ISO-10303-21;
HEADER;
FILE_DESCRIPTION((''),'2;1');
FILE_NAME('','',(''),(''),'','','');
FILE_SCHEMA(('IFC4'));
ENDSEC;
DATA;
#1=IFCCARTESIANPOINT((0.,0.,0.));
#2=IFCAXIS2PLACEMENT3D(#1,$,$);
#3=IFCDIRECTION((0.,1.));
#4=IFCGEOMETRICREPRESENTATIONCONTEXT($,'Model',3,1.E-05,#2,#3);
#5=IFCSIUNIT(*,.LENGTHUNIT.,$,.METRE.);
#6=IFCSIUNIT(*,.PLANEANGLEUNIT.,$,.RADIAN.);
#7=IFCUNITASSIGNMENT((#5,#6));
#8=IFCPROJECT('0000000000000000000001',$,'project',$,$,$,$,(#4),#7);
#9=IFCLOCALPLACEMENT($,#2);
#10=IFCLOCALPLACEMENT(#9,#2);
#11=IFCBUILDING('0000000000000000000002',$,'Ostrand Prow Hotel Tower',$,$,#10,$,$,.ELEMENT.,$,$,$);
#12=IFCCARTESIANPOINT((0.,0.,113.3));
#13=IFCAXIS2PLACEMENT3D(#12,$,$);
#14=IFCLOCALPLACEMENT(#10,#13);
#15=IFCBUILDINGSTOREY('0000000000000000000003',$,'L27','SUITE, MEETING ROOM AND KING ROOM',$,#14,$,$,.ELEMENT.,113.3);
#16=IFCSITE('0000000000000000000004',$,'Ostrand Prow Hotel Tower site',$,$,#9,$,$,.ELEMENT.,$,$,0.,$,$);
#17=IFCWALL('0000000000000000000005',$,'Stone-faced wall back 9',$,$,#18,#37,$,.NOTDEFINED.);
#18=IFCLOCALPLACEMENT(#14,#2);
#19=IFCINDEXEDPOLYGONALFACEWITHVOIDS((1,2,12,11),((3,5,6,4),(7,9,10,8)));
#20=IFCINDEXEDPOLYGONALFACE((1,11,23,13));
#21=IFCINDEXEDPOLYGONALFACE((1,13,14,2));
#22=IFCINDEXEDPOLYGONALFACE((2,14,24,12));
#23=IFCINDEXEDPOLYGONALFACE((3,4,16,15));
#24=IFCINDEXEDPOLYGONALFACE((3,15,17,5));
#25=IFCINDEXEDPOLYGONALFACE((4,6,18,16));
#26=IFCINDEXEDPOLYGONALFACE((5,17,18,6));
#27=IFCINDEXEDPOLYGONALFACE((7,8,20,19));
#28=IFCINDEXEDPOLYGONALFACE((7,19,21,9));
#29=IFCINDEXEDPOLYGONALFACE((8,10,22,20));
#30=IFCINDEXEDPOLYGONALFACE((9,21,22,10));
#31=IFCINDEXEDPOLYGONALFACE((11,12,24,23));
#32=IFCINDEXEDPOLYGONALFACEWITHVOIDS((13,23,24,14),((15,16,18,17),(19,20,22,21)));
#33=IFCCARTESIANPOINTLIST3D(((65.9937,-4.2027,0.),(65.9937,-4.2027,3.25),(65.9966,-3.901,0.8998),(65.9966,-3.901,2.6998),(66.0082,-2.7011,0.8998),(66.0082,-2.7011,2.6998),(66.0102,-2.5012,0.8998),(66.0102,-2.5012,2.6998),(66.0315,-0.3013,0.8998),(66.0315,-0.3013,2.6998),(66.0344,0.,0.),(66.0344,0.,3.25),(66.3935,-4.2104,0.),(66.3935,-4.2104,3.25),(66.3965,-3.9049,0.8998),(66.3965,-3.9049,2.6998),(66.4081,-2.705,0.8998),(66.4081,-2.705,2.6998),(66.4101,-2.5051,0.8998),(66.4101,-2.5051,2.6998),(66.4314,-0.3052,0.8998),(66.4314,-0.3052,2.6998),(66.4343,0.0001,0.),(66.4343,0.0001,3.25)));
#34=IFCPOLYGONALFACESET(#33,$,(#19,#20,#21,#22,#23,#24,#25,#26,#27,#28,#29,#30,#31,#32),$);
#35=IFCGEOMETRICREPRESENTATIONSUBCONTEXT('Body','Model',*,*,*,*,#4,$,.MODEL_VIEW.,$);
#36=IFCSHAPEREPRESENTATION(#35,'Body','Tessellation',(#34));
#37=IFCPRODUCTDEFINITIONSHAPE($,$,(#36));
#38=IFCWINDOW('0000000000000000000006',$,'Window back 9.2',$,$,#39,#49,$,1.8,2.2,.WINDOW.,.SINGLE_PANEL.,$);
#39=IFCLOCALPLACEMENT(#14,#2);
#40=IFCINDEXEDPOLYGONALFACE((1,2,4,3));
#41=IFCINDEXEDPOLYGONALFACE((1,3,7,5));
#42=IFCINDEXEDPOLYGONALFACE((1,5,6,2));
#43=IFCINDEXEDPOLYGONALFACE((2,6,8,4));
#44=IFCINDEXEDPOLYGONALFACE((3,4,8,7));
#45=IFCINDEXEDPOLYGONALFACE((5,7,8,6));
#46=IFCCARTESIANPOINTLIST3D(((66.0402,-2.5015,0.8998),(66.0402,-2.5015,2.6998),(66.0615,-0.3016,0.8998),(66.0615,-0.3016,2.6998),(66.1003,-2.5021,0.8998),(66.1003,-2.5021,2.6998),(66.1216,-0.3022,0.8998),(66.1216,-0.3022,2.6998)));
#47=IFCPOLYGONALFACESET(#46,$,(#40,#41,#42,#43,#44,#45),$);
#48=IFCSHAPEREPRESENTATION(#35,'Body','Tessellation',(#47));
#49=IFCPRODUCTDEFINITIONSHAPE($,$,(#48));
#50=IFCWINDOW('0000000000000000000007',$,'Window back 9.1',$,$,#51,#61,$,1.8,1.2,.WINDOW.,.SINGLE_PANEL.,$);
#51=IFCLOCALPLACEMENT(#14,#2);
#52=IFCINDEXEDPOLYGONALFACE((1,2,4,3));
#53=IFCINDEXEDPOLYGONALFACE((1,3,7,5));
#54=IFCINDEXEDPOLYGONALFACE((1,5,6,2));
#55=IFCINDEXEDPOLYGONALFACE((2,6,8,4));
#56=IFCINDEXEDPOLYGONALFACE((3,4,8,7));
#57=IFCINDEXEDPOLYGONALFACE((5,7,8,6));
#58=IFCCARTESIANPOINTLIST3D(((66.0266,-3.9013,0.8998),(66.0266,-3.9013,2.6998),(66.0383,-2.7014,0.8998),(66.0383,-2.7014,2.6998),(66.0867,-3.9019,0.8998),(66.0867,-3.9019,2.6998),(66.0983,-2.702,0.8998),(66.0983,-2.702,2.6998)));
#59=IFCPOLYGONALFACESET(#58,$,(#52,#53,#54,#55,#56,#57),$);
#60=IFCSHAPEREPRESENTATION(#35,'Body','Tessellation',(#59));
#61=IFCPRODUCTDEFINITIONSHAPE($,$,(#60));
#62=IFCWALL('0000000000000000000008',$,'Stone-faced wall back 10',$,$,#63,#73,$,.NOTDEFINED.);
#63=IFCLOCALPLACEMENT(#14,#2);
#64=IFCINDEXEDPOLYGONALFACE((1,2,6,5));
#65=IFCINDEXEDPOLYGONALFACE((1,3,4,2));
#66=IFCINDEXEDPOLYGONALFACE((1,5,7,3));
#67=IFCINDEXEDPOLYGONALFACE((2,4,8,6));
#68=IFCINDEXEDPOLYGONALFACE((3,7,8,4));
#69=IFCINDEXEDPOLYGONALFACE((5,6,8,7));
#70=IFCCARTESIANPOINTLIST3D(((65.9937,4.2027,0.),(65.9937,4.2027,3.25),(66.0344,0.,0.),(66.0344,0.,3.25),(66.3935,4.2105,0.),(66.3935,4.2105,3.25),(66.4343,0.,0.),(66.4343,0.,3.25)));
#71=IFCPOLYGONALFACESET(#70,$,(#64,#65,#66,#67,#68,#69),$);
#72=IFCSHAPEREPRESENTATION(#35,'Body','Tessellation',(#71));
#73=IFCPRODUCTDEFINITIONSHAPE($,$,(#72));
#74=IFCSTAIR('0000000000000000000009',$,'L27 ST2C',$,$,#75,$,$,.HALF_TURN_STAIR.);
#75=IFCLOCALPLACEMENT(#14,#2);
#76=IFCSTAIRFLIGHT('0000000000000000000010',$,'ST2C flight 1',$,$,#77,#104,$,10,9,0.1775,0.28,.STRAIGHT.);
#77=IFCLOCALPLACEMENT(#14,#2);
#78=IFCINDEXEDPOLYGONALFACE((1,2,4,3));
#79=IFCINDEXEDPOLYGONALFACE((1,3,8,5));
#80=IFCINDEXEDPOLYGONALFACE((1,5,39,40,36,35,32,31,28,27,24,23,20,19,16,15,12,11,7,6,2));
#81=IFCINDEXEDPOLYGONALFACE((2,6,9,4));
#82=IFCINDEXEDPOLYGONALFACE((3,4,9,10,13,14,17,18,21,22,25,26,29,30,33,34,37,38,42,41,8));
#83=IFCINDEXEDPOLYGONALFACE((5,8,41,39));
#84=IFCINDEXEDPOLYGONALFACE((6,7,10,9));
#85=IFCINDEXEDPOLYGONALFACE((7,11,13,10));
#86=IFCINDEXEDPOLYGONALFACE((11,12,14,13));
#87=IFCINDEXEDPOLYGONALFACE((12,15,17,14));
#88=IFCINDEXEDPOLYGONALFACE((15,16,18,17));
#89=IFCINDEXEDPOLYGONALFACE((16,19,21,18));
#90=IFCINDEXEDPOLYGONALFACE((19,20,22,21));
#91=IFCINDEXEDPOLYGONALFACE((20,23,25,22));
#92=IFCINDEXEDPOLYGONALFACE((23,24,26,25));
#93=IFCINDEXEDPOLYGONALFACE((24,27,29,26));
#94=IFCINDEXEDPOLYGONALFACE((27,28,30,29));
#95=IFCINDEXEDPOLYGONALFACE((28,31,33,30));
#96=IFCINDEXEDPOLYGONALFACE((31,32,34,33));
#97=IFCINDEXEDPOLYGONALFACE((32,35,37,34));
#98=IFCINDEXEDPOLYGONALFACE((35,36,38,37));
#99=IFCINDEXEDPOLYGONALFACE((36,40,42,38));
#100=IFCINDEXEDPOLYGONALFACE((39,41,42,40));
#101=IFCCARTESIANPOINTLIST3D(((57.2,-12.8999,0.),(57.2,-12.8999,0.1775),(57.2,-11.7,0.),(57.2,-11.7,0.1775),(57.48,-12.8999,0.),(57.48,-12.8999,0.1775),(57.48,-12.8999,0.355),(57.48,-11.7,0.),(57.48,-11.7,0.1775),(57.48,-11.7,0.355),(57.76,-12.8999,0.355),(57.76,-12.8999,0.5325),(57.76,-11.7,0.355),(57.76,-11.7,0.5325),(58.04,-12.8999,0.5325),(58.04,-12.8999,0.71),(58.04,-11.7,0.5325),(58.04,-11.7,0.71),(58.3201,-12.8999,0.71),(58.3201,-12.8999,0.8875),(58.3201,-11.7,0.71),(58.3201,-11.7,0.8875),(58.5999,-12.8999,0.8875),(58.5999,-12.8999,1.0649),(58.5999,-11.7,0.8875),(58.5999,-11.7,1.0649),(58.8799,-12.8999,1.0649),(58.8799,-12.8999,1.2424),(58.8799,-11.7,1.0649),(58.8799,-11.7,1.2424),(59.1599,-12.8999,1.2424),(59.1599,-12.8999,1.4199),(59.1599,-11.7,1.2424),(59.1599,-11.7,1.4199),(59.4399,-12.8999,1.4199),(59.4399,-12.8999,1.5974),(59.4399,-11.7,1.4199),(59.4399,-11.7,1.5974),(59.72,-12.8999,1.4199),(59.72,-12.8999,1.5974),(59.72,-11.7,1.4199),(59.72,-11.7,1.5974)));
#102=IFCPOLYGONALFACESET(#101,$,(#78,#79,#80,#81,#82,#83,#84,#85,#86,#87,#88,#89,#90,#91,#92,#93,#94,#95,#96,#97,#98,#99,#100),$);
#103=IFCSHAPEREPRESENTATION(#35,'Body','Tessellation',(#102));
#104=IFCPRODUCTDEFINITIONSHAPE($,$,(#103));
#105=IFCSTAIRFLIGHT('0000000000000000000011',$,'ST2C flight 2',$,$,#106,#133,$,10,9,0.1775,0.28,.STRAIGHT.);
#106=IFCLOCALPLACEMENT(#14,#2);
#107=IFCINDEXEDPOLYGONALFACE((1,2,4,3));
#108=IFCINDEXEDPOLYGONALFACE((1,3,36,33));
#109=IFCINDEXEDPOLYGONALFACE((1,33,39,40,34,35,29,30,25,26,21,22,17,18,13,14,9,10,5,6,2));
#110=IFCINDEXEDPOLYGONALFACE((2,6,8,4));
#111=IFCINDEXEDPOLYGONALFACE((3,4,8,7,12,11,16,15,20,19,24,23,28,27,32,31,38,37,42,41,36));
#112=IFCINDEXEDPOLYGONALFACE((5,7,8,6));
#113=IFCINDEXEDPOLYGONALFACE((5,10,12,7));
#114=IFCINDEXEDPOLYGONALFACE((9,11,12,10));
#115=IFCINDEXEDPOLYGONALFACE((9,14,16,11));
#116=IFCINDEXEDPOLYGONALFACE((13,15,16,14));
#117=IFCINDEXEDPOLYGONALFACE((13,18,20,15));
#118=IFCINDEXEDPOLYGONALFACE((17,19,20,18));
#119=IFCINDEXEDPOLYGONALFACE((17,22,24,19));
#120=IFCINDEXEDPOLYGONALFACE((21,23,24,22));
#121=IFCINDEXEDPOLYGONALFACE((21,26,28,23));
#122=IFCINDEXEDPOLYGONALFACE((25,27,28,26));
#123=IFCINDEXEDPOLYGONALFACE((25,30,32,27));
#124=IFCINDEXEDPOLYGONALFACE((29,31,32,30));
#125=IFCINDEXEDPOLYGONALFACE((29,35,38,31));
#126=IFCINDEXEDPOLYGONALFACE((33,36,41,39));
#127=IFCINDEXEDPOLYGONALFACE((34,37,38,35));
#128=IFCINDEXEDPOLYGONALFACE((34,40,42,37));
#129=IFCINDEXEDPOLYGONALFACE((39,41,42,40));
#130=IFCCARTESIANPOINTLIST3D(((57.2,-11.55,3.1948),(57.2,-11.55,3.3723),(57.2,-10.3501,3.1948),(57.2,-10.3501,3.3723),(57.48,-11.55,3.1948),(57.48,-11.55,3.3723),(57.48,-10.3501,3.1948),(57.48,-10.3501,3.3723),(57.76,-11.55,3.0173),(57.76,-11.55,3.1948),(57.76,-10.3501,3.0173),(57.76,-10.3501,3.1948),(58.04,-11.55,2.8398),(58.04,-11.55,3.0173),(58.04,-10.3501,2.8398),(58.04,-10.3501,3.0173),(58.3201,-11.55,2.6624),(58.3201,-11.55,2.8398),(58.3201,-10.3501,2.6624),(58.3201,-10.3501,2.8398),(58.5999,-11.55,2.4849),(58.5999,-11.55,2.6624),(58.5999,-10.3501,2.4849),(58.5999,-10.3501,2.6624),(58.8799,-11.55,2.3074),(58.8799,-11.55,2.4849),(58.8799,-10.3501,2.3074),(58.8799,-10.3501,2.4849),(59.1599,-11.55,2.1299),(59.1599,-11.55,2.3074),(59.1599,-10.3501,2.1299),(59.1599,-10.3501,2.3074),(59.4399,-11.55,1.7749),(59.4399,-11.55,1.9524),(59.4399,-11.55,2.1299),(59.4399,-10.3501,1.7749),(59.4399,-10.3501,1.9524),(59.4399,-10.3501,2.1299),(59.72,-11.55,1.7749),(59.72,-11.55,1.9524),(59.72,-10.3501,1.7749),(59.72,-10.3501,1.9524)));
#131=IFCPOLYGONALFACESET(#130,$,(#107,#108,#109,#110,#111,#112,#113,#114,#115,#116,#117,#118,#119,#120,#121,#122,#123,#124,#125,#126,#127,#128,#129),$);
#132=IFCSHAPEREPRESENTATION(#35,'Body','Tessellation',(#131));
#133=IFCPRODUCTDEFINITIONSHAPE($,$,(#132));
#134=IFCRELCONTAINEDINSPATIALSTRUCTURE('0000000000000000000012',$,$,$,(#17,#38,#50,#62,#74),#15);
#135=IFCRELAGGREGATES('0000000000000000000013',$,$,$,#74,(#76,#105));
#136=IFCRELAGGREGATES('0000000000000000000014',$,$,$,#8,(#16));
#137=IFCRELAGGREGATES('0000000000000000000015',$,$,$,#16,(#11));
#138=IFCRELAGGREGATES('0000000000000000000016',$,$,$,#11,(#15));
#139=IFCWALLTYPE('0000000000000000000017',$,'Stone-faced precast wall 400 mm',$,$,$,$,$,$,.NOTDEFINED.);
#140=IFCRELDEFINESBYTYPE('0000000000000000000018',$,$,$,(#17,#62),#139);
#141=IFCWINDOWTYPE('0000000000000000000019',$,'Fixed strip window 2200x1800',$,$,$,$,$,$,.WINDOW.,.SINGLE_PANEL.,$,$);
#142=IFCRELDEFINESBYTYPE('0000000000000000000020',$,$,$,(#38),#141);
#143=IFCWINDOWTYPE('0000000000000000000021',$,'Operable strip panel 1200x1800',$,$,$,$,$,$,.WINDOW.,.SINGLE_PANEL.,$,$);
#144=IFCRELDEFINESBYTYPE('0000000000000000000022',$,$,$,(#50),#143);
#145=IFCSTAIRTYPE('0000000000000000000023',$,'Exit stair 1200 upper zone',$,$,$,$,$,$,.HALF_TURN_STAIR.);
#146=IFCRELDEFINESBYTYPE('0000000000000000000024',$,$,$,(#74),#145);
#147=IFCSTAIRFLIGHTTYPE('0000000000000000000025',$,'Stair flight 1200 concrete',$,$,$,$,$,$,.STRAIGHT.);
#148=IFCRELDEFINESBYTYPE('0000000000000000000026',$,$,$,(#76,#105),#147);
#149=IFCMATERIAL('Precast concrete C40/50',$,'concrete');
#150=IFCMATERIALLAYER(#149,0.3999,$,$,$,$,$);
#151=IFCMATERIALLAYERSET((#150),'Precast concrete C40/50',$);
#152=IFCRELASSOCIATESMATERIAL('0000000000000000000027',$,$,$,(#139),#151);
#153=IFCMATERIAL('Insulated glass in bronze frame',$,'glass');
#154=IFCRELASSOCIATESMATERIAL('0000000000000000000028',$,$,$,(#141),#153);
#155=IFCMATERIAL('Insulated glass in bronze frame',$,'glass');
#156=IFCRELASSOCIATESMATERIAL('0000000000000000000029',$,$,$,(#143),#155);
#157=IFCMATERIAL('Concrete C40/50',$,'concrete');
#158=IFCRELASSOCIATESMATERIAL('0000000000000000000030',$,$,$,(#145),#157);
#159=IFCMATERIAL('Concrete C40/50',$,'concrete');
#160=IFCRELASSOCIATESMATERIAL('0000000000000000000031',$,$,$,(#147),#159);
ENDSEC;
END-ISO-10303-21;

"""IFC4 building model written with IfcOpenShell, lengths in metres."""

from ifc_helpers import new_model, si_unit, direction, frame, frame_2d, origin, place, context, subcontext, project, spatial, polyline, rectangle, outline, extrude, material, layer, layer_set, type_object, element, fill, aggregate, save


model = new_model("IFC4")

# Units and contexts
model_context = context("Model", 3, precision=1e-05, world=origin(), true_north=direction((0.0, 1.0)))
body_context = subcontext(model_context, "Body", "Model", "MODEL_VIEW")
ifc_project = project(units=[si_unit("LENGTHUNIT", "METRE"), si_unit("PLANEANGLEUNIT", "RADIAN")], contexts=[model_context])

# Site, building, storey
site_placement = place(None, origin())
site = spatial("IfcSite", under=ifc_project, at=site_placement, Name="Ostrand Prow Hotel Tower site", CompositionType="ELEMENT", RefElevation=0.0)
building_placement = place(site_placement, origin())
building = spatial("IfcBuilding", under=site, at=building_placement, Name="Ostrand Prow Hotel Tower", CompositionType="ELEMENT")
storey_placement = place(building_placement, frame((0.0, 0.0, 113.3)))
storey = spatial("IfcBuildingStorey", under=building, at=storey_placement, Name="L27", Description="SUITE, MEETING ROOM AND KING ROOM", CompositionType="ELEMENT", Elevation=113.3)

# Shared definitions
ifc_material_1 = material(Name="Precast concrete C40/50", Category="concrete")
ifc_layer_1 = layer(ifc_material_1, 0.3999)
ifc_layer_set_1 = layer_set([ifc_layer_1], Name="Precast concrete C40/50")
wall_type_1 = type_object("IfcWallType", Name="Stone-faced precast wall 400 mm", PredefinedType="NOTDEFINED", material=ifc_layer_set_1)

# Wall, openings, windows
wall_1_placement = place(storey_placement, frame((66.1936, -4.2065, 0.0), z_axis=(0.0, 0.0, 1.0), x_axis=(0.009692, 0.999953, 0.0)))
wall_1 = element("IfcWall", 1, at=wall_1_placement, inside=storey, type_object=wall_type_1, Name="Stone-faced wall back 9", PredefinedType="NOTDEFINED", context=body_context, shape_type="SweptSolid", body=[
    extrude(outline(polyline([(-0.002, -0.2), (4.2087, -0.2), (4.2048, 0.2), (0.002, 0.2), (-0.002, -0.2)])), origin(), (0.0, 0.0, 1.0), 3.25),
])
opening_1_placement = place(wall_1_placement, frame((0.3035, 0.0, 0.8999)))
opening_1 = element("IfcOpeningElement", 2, at=opening_1_placement, cuts=wall_1, PredefinedType="OPENING", context=body_context, shape_type="SweptSolid", body=[
    extrude(rectangle(XDim=1.2, YDim=1.8, at=frame_2d((0.6001, 0.8999))), frame((0.0, 0.21, 0.0), z_axis=(0.0, -1.0, 0.0), x_axis=(1.0, 0.0, 0.0)), (0.0, 0.0, 1.0), 0.4199),
])
opening_2_placement = place(wall_1_placement, frame((1.7034, 0.0, 0.8999)))
opening_2 = element("IfcOpeningElement", 3, at=opening_2_placement, cuts=wall_1, PredefinedType="OPENING", context=body_context, shape_type="SweptSolid", body=[
    extrude(rectangle(XDim=2.2, YDim=1.8, at=frame_2d((1.1001, 0.8999))), frame((0.0, 0.21, 0.0), z_axis=(0.0, -1.0, 0.0), x_axis=(1.0, 0.0, 0.0)), (0.0, 0.0, 1.0), 0.4199),
])
ifc_material_2 = material(Name="Insulated glass in bronze frame", Category="glass")
window_type_1 = type_object("IfcWindowType", Name="Fixed strip window 2200x1800", PartitioningType="SINGLE_PANEL", PredefinedType="WINDOW", material=ifc_material_2)
window_1_placement = place(opening_2_placement, origin())
window_1 = element("IfcWindow", 4, at=window_1_placement, inside=storey, type_object=window_type_1, Name="Window back 9.2", OverallHeight=1.8, OverallWidth=2.2, PartitioningType="SINGLE_PANEL", PredefinedType="WINDOW", context=body_context, shape_type="SweptSolid", body=[
    extrude(rectangle(XDim=2.2, YDim=1.8, at=frame_2d((1.1001, 0.8999))), frame((0.0, 0.1699, 0.0), z_axis=(0.0, -1.0, 0.0), x_axis=(1.0, 0.0, 0.0)), (0.0, 0.0, 1.0), 0.0601),
])
fill(opening_2, window_1)
ifc_material_3 = material(Name="Insulated glass in bronze frame", Category="glass")
window_type_2 = type_object("IfcWindowType", Name="Operable strip panel 1200x1800", PartitioningType="SINGLE_PANEL", PredefinedType="WINDOW", material=ifc_material_3)
window_2_placement = place(opening_1_placement, origin())
window_2 = element("IfcWindow", 5, at=window_2_placement, inside=storey, type_object=window_type_2, Name="Window back 9.1", OverallHeight=1.8, OverallWidth=1.2, PartitioningType="SINGLE_PANEL", PredefinedType="WINDOW", context=body_context, shape_type="SweptSolid", body=[
    extrude(rectangle(XDim=1.2, YDim=1.8, at=frame_2d((0.6001, 0.8999))), frame((0.0, 0.1699, 0.0), z_axis=(0.0, -1.0, 0.0), x_axis=(1.0, 0.0, 0.0)), (0.0, 0.0, 1.0), 0.0601),
])
fill(opening_1, window_2)

# Wall
wall_2_placement = place(storey_placement, frame((66.2344, 0.0, 0.0), z_axis=(0.0, 0.0, 1.0), x_axis=(-0.009692, 0.999953, 0.0)))
element("IfcWall", 6, at=wall_2_placement, inside=storey, type_object=wall_type_1, Name="Stone-faced wall back 10", PredefinedType="NOTDEFINED", context=body_context, shape_type="SweptSolid", body=[
    extrude(outline(polyline([(-0.002, -0.2), (4.2087, -0.2), (4.2048, 0.2), (0.002, 0.2), (-0.002, -0.2)])), origin(), (0.0, 0.0, 1.0), 3.25),
])

# Stair, stair flights
ifc_material_4 = material(Name="Concrete C40/50", Category="concrete")
stair_type = type_object("IfcStairType", Name="Exit stair 1200 upper zone", PredefinedType="HALF_TURN_STAIR", material=ifc_material_4)
stair_placement = place(storey_placement, origin())
stair = element("IfcStair", 7, at=stair_placement, inside=storey, type_object=stair_type, Name="L27 ST2C", PredefinedType="HALF_TURN_STAIR")
ifc_material_5 = material(Name="Concrete C40/50", Category="concrete")
stair_flight_type = type_object("IfcStairFlightType", Name="Stair flight 1200 concrete", PredefinedType="STRAIGHT", material=ifc_material_5)
stair_flight_1_placement = place(storey_placement, frame((57.2, -12.3, 0.0), z_axis=(0.0, 0.0, 1.0), x_axis=(1.0, 0.0, 0.0)))
stair_flight_1 = element("IfcStairFlight", 8, at=stair_flight_1_placement, type_object=stair_flight_type, Name="ST2C flight 1", NumberOfRisers=10, NumberOfTreads=9, PredefinedType="STRAIGHT", RiserHeight=0.1775, TreadLength=0.28, context=body_context, shape_type="SweptSolid", body=[
    extrude(outline(polyline([(0.0, 0.0), (0.0, 0.1775), (0.28, 0.1775), (0.28, 0.355), (0.5601, 0.355), (0.5601, 0.5325), (0.8401, 0.5325), (0.8401, 0.71), (1.1201, 0.71), (1.1201, 0.8875), (1.3999, 0.8875), (1.3999, 1.0649), (1.6799, 1.0649), (1.6799, 1.2424), (1.96, 1.2424), (1.96, 1.4199), (2.24, 1.4199), (2.24, 1.5974), (2.52, 1.5974), (2.52, 1.7749), (2.52, 1.4199), (0.28, 0.0), (0.0, 0.0)])), frame((0.0, 0.6001, 0.0), z_axis=(0.0, -1.0, 0.0), x_axis=(1.0, 0.0, 0.0)), (0.0, 0.0, 1.0), 1.2),
])
stair_flight_2_placement = place(storey_placement, frame((59.72, -10.95, 1.7749), z_axis=(0.0, 0.0, 1.0), x_axis=(-1.0, 0.0, 0.0)))
stair_flight_2 = element("IfcStairFlight", 9, at=stair_flight_2_placement, type_object=stair_flight_type, Name="ST2C flight 2", NumberOfRisers=10, NumberOfTreads=9, PredefinedType="STRAIGHT", RiserHeight=0.1775, TreadLength=0.28, context=body_context, shape_type="SweptSolid", body=[
    extrude(outline(polyline([(0.0, 0.0), (0.0, 0.1775), (0.28, 0.1775), (0.28, 0.355), (0.5601, 0.355), (0.5601, 0.5325), (0.8401, 0.5325), (0.8401, 0.71), (1.1201, 0.71), (1.1201, 0.8875), (1.3999, 0.8875), (1.3999, 1.0649), (1.6799, 1.0649), (1.6799, 1.2424), (1.96, 1.2424), (1.96, 1.4199), (2.24, 1.4199), (2.24, 1.5974), (2.52, 1.5974), (2.52, 1.7749), (2.52, 1.4199), (0.28, 0.0), (0.0, 0.0)])), frame((0.0, 0.6001, 0.0), z_axis=(0.0, -1.0, 0.0), x_axis=(1.0, 0.0, 0.0)), (0.0, 0.0, 1.0), 1.2),
])
aggregate(stair, [stair_flight_1, stair_flight_2])

save(model, "model.ifc")
